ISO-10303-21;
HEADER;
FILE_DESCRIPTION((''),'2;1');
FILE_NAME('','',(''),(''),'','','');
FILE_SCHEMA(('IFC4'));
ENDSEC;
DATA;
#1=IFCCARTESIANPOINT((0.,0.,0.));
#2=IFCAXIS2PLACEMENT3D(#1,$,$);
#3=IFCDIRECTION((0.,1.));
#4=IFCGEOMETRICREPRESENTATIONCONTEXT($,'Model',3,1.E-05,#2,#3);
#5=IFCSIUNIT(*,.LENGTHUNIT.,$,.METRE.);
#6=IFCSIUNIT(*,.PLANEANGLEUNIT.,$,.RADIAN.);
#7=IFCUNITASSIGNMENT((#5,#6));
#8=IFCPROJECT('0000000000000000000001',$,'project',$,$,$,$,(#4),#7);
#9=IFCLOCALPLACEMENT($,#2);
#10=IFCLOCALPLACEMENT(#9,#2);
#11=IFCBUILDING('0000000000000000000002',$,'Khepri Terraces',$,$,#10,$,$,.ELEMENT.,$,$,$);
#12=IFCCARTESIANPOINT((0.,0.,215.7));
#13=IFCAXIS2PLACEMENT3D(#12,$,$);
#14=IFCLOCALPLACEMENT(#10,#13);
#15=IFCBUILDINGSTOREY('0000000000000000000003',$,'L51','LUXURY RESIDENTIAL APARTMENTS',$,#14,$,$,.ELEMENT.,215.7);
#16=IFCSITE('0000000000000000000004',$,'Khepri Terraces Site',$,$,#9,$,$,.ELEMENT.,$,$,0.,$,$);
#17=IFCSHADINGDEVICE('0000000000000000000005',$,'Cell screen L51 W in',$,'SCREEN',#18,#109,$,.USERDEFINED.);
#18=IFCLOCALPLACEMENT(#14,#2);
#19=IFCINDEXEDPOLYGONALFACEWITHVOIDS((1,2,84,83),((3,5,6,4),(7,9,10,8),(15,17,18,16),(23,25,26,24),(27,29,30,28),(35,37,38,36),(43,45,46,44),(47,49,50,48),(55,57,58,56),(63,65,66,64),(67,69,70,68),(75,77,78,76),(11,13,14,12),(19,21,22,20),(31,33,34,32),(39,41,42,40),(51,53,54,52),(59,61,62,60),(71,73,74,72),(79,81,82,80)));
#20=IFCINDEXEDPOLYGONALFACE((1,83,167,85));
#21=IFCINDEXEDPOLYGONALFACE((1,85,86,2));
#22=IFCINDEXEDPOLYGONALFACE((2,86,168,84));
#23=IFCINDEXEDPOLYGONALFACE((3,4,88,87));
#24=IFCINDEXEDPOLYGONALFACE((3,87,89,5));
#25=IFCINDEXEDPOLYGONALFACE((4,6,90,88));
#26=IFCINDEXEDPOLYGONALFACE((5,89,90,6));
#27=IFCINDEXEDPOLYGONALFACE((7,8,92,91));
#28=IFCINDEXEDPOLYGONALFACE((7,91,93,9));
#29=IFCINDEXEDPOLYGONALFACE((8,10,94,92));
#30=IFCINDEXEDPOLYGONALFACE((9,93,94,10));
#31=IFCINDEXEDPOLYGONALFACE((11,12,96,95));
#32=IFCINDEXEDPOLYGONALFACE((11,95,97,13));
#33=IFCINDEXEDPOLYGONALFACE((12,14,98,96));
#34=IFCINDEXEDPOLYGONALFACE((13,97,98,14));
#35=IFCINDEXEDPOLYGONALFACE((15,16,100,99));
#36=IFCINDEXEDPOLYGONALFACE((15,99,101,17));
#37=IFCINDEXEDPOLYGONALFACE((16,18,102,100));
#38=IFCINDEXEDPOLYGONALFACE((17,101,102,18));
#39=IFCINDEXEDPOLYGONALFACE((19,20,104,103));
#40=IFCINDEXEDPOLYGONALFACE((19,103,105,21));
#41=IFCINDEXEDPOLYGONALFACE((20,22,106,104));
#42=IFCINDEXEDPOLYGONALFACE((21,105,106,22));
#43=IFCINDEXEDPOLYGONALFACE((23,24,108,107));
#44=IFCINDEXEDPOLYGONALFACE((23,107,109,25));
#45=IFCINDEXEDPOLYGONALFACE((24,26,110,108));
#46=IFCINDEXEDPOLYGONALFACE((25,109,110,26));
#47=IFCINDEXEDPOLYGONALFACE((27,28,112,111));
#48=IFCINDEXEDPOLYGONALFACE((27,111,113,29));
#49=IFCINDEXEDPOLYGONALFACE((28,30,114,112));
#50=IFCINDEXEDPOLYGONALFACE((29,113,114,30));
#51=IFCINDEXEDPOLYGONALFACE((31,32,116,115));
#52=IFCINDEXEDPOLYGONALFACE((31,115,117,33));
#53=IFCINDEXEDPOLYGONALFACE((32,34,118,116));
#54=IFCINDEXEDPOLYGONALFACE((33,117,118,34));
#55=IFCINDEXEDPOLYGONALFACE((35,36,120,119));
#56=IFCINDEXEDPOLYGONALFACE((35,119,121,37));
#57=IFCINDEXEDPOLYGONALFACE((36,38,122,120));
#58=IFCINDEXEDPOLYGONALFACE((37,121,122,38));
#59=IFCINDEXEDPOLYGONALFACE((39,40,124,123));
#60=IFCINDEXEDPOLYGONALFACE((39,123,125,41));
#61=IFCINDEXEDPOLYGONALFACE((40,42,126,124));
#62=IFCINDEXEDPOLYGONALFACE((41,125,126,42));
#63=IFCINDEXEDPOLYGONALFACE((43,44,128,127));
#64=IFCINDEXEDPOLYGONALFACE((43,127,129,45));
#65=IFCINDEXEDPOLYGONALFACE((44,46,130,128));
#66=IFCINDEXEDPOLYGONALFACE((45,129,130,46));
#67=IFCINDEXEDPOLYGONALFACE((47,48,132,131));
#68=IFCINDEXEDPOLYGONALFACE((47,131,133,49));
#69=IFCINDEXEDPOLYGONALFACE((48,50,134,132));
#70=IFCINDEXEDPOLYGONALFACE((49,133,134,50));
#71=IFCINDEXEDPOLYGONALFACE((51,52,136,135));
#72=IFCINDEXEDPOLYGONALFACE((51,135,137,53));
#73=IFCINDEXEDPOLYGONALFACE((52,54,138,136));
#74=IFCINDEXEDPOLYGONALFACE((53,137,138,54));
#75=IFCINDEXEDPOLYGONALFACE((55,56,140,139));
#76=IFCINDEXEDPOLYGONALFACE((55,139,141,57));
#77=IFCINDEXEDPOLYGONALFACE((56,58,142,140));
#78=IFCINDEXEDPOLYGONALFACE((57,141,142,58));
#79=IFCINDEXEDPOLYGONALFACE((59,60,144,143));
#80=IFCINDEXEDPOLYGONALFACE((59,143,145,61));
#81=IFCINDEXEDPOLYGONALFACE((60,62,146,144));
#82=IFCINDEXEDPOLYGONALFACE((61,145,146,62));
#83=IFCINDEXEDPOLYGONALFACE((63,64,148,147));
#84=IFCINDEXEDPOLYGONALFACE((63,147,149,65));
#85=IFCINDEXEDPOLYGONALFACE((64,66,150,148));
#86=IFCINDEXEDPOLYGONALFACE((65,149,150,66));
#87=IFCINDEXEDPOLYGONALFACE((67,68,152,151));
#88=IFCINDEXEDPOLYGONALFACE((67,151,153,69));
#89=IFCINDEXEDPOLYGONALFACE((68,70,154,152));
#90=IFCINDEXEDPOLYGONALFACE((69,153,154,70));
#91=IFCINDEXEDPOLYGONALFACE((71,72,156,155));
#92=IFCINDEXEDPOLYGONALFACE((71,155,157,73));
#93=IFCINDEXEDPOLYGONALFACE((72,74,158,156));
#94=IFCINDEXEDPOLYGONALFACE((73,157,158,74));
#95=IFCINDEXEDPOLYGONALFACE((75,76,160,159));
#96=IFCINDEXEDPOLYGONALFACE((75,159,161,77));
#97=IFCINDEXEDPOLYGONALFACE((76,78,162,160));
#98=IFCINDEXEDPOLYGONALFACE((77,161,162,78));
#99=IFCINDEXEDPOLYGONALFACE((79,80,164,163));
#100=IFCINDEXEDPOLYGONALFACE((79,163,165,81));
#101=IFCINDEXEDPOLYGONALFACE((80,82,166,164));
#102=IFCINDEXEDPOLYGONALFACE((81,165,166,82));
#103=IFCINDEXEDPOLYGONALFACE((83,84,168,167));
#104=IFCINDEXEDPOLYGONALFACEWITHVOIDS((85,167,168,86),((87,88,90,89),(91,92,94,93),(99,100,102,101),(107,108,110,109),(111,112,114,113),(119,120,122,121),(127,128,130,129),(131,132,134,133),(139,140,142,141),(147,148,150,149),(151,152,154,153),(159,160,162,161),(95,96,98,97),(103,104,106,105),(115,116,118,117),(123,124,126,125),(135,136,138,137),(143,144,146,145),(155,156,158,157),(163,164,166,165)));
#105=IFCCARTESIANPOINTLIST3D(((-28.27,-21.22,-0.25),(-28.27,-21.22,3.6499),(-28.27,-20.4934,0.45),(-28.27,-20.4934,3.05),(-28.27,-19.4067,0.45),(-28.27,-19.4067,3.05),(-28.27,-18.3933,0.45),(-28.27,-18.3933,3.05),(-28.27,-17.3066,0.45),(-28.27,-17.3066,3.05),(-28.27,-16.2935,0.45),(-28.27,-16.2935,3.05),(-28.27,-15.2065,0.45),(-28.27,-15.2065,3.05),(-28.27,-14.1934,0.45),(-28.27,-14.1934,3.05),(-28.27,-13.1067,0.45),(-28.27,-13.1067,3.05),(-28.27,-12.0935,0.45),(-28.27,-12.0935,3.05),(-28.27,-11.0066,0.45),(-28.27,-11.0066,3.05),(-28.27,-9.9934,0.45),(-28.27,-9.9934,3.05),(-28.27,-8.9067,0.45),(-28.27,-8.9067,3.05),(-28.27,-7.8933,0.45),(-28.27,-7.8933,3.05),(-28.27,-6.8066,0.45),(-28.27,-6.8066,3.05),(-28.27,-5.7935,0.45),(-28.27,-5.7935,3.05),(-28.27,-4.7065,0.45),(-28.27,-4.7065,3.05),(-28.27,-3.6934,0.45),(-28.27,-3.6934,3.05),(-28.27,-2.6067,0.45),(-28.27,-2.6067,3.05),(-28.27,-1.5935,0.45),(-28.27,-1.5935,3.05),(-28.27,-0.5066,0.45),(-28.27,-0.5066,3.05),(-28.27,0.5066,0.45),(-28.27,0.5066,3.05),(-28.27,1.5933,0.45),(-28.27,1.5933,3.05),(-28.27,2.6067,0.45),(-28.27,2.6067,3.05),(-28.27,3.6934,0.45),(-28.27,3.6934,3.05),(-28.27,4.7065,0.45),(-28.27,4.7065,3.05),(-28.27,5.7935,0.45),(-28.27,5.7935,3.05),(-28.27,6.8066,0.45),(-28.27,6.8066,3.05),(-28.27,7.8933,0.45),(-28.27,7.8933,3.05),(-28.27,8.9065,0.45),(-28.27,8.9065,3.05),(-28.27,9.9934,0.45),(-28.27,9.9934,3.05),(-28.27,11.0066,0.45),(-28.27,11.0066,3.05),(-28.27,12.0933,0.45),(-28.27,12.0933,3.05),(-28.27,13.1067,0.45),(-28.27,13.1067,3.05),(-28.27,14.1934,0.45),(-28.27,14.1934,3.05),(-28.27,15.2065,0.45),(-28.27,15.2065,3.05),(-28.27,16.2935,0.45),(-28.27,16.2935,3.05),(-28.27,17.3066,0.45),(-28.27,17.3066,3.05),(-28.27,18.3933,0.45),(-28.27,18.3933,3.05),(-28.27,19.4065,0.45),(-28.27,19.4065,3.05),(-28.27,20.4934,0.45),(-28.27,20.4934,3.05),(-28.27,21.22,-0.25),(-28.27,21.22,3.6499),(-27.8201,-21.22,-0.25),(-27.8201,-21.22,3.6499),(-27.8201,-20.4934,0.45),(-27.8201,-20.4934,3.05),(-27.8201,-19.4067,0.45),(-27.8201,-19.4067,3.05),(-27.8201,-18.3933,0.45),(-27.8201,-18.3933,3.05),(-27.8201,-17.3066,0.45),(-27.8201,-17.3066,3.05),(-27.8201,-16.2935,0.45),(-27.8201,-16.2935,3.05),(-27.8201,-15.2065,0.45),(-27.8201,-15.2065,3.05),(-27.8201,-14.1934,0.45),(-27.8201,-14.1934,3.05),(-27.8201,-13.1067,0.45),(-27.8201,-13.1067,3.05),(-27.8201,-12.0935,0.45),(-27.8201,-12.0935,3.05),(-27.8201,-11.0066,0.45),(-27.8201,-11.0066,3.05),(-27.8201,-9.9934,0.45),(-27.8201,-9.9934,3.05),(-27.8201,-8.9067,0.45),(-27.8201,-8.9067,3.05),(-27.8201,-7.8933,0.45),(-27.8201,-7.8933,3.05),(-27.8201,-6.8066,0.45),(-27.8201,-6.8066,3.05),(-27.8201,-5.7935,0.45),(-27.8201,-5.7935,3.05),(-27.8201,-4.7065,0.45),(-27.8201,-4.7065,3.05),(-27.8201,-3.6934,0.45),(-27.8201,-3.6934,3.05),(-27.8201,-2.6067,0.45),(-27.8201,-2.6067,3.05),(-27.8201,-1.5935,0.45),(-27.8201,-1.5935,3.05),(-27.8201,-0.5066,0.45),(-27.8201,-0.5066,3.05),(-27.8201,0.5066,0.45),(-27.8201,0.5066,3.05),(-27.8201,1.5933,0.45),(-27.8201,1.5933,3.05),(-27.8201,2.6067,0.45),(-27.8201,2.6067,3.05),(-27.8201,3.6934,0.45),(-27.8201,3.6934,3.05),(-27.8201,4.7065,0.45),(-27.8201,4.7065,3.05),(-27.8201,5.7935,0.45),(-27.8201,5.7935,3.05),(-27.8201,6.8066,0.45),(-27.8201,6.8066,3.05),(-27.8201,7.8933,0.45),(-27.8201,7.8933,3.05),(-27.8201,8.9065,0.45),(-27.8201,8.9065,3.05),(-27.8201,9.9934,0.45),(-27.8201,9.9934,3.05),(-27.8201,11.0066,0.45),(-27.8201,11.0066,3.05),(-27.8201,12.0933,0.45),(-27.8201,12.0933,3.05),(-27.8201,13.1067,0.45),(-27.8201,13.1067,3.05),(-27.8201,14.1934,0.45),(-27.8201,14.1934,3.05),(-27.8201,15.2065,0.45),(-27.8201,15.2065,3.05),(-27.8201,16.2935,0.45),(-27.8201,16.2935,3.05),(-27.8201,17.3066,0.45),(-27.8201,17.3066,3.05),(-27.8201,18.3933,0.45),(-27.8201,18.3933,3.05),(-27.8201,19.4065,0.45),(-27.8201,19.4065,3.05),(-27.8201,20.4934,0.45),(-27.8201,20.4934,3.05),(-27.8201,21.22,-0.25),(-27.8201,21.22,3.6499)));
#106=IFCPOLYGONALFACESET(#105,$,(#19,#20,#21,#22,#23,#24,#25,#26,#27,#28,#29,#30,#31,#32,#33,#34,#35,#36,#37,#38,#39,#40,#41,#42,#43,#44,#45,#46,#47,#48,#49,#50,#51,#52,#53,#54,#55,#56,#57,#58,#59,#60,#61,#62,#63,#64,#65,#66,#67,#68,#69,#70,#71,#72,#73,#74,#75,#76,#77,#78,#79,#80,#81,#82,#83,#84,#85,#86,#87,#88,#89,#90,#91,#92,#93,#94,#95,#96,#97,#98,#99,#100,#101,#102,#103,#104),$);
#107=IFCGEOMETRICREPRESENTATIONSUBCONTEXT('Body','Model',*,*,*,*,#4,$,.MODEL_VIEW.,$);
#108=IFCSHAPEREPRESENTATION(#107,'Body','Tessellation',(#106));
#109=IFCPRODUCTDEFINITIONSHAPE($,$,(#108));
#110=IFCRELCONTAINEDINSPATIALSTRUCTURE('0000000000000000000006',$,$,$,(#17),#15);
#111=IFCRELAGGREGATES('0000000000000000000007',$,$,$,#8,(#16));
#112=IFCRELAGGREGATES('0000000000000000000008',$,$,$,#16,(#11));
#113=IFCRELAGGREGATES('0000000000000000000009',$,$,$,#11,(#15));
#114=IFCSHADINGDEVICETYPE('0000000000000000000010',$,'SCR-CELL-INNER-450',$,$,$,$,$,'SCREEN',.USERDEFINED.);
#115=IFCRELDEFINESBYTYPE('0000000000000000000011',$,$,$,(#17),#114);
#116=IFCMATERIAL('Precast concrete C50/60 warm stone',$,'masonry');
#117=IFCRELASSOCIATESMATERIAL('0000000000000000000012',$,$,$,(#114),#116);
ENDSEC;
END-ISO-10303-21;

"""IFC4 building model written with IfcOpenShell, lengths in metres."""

from ifc_helpers import new_model, si_unit, direction, frame, origin, place, context, subcontext, project, spatial, polyline, outline, extrude, material, type_object, element, save


model = new_model("IFC4")

# Units and contexts
model_context = context("Model", 3, precision=1e-05, world=origin(), true_north=direction((0.0, 1.0)))
body_context = subcontext(model_context, "Body", "Model", "MODEL_VIEW")
ifc_project = project(units=[si_unit("LENGTHUNIT", "METRE"), si_unit("PLANEANGLEUNIT", "RADIAN")], contexts=[model_context])

# Site, building, storey
site_placement = place(None, origin())
site = spatial("IfcSite", under=ifc_project, at=site_placement, Name="Khepri Terraces Site", CompositionType="ELEMENT", RefElevation=0.0)
building_placement = place(site_placement, origin())
building = spatial("IfcBuilding", under=site, at=building_placement, Name="Khepri Terraces", CompositionType="ELEMENT")
storey_placement = place(building_placement, frame((0.0, 0.0, 215.7)))
storey = spatial("IfcBuildingStorey", under=building, at=storey_placement, Name="L51", Description="LUXURY RESIDENTIAL APARTMENTS", CompositionType="ELEMENT", Elevation=215.7)

# Shared definitions
ifc_material_1 = material(Name="Precast concrete C50/60 warm stone", Category="masonry")

# Shading device
shading_device_type_1 = type_object("IfcShadingDeviceType", Name="SCR-CELL-INNER-450", ElementType="SCREEN", PredefinedType="USERDEFINED", material=ifc_material_1)
shading_device_1_placement = place(storey_placement, frame((-27.8201, 21.22, -0.25), z_axis=(-1.0, 0.0, 0.0), x_axis=(0.0, -1.0, 0.0)))
element("IfcShadingDevice", 1, at=shading_device_1_placement, inside=storey, type_object=shading_device_type_1, Name="Cell screen L51 W in", ObjectType="SCREEN", PredefinedType="USERDEFINED", context=body_context, shape_type="SweptSolid", body=[
    extrude(outline(polyline([(0.0, 0.0), (42.4399, 0.0), (42.4399, 3.8999), (0.0, 3.8999), (0.0, 0.0)]), holes=[polyline([(0.7266, 0.7), (1.8135, 0.7), (1.8135, 3.3), (0.7266, 3.3), (0.7266, 0.7)]), polyline([(2.8267, 0.7), (3.9133, 0.7), (3.9133, 3.3), (2.8267, 3.3), (2.8267, 0.7)]), polyline([(4.9265, 0.7), (6.0134, 0.7), (6.0134, 3.3), (4.9265, 3.3), (4.9265, 0.7)]), polyline([(7.0266, 0.7), (8.1133, 0.7), (8.1133, 3.3), (7.0266, 3.3), (7.0266, 0.7)]), polyline([(9.1267, 0.7), (10.2134, 0.7), (10.2134, 3.3), (9.1267, 3.3), (9.1267, 0.7)]), polyline([(11.2266, 0.7), (12.3135, 0.7), (12.3135, 3.3), (11.2266, 3.3), (11.2266, 0.7)]), polyline([(13.3267, 0.7), (14.4133, 0.7), (14.4133, 3.3), (13.3267, 3.3), (13.3267, 0.7)]), polyline([(15.4265, 0.7), (16.5134, 0.7), (16.5134, 3.3), (15.4265, 3.3), (15.4265, 0.7)]), polyline([(17.5266, 0.7), (18.6133, 0.7), (18.6133, 3.3), (17.5266, 3.3), (17.5266, 0.7)]), polyline([(19.6267, 0.7), (20.7134, 0.7), (20.7134, 3.3), (19.6267, 3.3), (19.6267, 0.7)]), polyline([(21.7266, 0.7), (22.8135, 0.7), (22.8135, 3.3), (21.7266, 3.3), (21.7266, 0.7)]), polyline([(23.8267, 0.7), (24.9133, 0.7), (24.9133, 3.3), (23.8267, 3.3), (23.8267, 0.7)]), polyline([(25.9265, 0.7), (27.0134, 0.7), (27.0134, 3.3), (25.9265, 3.3), (25.9265, 0.7)]), polyline([(28.0266, 0.7), (29.1133, 0.7), (29.1133, 3.3), (28.0266, 3.3), (28.0266, 0.7)]), polyline([(30.1267, 0.7), (31.2134, 0.7), (31.2134, 3.3), (30.1267, 3.3), (30.1267, 0.7)]), polyline([(32.2266, 0.7), (33.3135, 0.7), (33.3135, 3.3), (32.2266, 3.3), (32.2266, 0.7)]), polyline([(34.3267, 0.7), (35.4133, 0.7), (35.4133, 3.3), (34.3267, 3.3), (34.3267, 0.7)]), polyline([(36.4265, 0.7), (37.5134, 0.7), (37.5134, 3.3), (36.4265, 3.3), (36.4265, 0.7)]), polyline([(38.5266, 0.7), (39.6133, 0.7), (39.6133, 3.3), (38.5266, 3.3), (38.5266, 0.7)]), polyline([(40.6267, 0.7), (41.7134, 0.7), (41.7134, 3.3), (40.6267, 3.3), (40.6267, 0.7)])]), origin(), (0.0, 0.0, 1.0), 0.45),
])

save(model, "model.ifc")
